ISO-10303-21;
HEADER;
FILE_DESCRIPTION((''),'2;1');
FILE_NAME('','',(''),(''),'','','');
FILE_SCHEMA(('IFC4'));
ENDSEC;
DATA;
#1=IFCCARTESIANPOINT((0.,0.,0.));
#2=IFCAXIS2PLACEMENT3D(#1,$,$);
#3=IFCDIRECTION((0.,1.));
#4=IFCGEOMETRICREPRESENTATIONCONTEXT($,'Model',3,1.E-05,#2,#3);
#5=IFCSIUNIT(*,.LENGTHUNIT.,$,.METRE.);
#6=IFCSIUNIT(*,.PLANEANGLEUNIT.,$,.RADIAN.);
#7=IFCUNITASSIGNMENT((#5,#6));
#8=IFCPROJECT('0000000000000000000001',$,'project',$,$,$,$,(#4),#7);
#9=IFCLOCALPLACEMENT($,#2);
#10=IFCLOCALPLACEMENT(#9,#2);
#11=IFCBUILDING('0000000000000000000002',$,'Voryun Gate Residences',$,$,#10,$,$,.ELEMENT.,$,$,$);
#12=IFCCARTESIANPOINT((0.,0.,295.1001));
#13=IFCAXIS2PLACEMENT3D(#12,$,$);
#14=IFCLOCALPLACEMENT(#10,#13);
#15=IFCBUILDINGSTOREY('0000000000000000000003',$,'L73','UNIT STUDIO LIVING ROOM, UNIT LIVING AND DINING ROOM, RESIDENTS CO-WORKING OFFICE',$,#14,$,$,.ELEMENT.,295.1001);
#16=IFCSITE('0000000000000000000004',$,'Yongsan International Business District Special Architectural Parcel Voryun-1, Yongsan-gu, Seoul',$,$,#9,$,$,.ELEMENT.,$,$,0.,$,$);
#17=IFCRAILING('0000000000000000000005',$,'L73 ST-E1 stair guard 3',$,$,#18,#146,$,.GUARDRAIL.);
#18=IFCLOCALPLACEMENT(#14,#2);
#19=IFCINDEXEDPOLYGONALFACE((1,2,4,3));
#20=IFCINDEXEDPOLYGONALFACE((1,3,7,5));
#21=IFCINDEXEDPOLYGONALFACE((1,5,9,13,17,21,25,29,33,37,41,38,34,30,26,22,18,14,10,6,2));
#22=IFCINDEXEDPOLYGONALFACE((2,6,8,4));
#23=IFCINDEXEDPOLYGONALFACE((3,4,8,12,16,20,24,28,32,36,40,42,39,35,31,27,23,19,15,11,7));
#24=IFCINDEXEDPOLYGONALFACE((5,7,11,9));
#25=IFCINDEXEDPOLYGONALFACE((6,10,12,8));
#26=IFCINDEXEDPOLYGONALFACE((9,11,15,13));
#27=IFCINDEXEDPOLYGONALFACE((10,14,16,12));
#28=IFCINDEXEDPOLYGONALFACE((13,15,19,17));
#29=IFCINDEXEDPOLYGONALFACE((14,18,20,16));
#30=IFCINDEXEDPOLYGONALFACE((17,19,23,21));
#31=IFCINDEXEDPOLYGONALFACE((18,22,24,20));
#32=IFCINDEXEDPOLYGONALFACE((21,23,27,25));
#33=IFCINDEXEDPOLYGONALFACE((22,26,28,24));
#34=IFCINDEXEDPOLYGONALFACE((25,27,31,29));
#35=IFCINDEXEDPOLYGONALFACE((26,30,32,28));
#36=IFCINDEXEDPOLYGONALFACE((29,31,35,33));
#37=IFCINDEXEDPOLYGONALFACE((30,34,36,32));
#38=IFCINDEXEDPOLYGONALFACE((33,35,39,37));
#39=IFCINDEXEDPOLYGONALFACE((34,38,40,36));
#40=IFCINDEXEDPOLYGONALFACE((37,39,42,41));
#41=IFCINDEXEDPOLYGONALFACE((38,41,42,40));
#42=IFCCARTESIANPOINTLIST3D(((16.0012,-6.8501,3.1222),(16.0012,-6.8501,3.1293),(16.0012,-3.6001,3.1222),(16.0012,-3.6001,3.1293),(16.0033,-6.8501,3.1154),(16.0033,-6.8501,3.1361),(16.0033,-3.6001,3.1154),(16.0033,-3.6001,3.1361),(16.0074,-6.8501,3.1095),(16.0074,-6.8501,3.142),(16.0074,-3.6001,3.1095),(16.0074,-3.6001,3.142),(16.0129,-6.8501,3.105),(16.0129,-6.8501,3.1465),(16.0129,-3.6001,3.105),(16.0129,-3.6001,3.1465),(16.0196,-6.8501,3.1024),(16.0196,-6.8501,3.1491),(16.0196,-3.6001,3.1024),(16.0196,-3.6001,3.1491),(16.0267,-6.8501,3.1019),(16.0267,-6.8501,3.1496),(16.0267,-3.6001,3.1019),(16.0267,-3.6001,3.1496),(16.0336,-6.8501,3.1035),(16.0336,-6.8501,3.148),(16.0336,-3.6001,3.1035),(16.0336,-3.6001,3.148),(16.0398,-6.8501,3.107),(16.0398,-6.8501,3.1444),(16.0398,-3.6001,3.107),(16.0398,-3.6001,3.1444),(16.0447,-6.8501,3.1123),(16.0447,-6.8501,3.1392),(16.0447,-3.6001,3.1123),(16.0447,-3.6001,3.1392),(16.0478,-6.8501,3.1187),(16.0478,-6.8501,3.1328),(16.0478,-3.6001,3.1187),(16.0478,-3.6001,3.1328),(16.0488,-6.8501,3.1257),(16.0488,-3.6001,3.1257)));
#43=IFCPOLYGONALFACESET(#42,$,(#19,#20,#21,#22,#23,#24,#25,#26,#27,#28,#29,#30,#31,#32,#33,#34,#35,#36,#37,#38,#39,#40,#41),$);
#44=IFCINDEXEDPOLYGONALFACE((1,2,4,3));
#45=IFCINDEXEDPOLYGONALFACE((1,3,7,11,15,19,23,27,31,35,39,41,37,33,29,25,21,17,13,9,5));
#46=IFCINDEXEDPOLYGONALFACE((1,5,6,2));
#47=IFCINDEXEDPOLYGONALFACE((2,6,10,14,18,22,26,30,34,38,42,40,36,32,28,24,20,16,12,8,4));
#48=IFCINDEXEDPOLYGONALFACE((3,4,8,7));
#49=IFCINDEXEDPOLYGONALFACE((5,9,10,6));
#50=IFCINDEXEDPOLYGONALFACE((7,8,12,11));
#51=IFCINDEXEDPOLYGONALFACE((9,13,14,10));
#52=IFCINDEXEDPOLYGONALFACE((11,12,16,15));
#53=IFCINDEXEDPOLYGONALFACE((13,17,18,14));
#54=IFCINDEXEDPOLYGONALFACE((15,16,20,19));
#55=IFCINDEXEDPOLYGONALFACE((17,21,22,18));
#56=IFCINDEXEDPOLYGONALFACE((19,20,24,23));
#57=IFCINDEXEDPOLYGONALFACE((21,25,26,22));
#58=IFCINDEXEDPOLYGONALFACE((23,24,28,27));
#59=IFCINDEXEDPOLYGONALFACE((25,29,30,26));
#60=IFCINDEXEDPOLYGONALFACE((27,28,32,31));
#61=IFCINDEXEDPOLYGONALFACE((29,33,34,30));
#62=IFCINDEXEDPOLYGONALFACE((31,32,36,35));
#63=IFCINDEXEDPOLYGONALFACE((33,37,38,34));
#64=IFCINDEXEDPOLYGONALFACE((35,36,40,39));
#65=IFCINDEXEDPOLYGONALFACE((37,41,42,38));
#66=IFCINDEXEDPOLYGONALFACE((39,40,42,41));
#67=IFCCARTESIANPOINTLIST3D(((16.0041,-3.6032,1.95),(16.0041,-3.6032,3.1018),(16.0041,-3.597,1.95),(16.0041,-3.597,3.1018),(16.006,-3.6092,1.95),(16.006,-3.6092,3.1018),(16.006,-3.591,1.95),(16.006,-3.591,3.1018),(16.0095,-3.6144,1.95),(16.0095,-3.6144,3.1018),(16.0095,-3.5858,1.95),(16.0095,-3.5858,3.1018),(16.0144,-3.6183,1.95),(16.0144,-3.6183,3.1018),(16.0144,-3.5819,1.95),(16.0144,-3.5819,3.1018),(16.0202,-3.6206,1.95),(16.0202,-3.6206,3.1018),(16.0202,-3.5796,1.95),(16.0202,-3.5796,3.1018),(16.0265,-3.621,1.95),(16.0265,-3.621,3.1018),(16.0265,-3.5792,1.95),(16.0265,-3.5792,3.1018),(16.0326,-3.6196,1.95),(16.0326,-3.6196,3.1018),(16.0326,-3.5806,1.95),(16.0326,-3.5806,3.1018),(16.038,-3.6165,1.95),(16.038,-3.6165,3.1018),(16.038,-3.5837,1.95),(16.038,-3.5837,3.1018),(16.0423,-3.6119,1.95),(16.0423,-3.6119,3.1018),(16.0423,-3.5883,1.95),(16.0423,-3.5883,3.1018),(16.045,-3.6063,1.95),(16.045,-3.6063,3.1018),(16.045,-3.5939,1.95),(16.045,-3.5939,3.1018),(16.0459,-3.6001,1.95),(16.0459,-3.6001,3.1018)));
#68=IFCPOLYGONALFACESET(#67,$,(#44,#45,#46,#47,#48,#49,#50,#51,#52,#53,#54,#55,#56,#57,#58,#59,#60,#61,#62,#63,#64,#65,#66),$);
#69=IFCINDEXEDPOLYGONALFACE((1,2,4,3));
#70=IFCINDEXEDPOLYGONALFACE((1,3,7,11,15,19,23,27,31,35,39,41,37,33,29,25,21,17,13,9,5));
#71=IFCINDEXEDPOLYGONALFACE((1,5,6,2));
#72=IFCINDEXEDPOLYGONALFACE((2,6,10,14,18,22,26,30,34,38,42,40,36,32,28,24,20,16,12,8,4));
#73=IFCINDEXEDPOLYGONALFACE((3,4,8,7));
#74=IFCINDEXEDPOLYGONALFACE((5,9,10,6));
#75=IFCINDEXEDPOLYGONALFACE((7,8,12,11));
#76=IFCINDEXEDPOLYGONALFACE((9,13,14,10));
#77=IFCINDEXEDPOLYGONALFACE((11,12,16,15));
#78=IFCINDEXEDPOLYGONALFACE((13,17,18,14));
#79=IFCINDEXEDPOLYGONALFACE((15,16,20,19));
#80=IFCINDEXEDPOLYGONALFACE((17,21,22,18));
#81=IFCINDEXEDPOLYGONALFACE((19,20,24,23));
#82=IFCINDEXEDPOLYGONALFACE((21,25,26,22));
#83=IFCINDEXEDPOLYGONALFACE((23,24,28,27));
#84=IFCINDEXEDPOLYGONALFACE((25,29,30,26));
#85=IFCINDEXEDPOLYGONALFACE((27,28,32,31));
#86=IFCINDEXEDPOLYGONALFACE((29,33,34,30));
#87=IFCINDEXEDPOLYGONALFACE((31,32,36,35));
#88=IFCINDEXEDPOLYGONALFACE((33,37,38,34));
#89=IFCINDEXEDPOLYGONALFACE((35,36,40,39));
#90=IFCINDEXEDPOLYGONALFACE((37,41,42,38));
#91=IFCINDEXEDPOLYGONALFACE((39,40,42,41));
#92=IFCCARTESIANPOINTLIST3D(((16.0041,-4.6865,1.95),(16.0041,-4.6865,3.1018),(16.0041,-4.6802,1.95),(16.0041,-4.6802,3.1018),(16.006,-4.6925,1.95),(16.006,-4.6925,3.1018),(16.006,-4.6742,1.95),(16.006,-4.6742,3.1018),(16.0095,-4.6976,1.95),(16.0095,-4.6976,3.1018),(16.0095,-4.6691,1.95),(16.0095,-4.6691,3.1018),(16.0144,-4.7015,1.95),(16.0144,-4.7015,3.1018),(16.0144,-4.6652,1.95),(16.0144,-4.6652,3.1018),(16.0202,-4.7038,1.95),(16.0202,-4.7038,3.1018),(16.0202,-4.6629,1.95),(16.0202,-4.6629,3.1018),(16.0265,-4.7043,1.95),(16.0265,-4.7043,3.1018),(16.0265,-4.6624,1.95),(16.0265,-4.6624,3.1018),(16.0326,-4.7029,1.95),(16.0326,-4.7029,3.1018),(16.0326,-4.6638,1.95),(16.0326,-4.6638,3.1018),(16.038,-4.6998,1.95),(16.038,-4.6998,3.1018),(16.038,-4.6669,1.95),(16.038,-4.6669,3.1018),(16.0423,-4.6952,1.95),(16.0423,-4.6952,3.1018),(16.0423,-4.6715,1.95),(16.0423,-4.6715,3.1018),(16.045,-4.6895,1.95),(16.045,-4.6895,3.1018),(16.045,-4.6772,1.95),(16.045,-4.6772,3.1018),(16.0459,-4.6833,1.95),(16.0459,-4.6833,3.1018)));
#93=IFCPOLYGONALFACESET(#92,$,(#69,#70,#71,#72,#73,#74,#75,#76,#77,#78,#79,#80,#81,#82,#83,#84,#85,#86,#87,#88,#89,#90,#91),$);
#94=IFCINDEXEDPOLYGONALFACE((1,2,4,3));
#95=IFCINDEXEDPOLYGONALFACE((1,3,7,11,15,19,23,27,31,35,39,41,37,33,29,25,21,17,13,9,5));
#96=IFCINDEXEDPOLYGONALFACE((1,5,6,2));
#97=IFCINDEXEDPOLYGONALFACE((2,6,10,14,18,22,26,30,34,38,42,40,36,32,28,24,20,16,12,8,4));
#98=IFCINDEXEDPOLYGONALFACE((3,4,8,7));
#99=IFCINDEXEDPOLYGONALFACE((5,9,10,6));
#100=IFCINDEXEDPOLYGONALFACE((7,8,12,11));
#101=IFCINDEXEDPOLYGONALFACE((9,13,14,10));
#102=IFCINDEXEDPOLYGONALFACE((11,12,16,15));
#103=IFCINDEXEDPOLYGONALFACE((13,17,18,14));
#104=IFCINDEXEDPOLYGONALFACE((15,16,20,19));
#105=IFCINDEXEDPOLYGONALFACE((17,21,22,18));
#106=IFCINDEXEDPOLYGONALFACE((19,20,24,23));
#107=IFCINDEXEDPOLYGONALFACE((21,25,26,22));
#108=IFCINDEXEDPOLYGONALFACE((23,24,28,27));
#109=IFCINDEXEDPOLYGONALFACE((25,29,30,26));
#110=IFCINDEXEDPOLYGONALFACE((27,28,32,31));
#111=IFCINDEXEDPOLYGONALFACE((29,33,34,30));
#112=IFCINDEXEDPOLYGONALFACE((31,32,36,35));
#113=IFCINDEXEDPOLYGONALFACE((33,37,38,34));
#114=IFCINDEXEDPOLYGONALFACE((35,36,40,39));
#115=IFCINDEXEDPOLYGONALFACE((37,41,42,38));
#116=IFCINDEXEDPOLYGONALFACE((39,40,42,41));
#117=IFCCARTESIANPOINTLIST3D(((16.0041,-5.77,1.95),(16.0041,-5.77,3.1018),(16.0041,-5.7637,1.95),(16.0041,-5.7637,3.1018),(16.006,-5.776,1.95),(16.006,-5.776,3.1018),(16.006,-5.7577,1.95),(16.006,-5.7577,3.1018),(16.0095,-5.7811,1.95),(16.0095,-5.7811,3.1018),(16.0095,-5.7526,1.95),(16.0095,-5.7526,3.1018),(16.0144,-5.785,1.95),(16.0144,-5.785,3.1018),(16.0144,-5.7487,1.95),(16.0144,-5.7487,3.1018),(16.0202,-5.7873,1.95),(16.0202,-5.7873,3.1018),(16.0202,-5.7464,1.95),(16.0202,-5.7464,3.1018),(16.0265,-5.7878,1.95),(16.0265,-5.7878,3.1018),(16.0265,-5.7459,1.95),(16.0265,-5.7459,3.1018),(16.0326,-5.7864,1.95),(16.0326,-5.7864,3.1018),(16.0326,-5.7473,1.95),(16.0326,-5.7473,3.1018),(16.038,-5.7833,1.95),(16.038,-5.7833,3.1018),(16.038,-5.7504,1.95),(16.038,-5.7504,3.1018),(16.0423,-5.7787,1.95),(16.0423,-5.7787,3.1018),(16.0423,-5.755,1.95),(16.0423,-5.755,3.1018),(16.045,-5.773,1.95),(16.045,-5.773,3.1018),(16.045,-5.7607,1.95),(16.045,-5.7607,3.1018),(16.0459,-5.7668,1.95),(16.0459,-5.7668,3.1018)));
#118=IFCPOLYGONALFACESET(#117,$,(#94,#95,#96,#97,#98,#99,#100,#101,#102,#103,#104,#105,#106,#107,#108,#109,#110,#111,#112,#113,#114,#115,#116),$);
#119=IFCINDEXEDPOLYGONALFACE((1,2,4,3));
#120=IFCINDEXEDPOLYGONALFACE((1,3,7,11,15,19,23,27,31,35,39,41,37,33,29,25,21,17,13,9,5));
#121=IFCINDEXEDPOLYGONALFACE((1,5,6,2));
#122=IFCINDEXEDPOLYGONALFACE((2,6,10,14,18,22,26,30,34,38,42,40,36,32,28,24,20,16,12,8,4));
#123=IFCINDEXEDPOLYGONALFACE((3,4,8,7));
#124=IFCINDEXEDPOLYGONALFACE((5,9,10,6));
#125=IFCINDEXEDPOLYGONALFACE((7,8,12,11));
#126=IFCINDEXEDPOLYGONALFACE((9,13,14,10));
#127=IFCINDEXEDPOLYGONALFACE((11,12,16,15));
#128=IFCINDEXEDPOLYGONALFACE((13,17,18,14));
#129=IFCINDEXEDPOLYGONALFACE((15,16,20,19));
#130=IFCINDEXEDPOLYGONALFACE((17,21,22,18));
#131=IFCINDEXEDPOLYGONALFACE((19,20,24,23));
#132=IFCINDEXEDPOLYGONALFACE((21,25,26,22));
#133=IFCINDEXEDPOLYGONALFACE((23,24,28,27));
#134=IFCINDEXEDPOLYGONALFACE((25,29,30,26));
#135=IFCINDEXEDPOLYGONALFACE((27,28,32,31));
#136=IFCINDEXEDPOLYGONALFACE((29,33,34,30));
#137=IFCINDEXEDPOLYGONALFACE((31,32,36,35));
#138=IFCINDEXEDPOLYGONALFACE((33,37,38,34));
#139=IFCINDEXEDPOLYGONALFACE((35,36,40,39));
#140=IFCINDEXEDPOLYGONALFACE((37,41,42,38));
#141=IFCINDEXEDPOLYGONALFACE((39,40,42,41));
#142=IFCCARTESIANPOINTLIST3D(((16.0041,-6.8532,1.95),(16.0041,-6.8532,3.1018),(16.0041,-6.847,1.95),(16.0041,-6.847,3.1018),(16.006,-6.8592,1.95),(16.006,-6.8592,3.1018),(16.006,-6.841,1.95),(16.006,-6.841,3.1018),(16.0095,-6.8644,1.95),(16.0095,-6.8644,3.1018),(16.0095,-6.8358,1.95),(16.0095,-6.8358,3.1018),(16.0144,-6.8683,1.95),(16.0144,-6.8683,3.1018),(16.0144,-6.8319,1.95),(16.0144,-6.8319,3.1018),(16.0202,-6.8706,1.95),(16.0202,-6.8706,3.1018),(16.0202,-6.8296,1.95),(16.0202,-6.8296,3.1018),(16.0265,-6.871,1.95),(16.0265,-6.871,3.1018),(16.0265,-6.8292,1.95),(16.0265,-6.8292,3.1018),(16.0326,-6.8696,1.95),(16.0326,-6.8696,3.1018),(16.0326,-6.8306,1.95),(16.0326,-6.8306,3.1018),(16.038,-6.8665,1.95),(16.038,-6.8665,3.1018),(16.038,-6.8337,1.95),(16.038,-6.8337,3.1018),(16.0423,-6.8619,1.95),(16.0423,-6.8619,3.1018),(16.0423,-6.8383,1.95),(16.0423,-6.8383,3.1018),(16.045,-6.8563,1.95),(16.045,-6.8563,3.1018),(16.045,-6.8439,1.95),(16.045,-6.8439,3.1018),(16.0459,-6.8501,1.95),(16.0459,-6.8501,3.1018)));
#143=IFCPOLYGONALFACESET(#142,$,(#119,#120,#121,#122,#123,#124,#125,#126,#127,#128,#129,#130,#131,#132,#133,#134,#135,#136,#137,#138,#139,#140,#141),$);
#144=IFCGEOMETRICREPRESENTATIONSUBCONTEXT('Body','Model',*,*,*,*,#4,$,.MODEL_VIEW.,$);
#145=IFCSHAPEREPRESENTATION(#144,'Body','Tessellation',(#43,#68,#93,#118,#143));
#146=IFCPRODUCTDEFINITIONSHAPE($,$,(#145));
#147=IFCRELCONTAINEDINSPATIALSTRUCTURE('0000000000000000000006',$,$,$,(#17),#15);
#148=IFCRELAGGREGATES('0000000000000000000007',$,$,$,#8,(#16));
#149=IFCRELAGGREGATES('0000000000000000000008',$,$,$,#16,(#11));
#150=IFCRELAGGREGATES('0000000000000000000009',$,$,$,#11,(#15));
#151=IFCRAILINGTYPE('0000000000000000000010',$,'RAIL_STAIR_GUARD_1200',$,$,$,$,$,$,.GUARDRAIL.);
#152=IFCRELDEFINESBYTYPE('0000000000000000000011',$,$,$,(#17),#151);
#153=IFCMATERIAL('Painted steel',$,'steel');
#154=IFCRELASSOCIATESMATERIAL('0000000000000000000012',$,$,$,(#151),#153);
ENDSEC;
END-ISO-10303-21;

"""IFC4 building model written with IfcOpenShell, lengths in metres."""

from ifc_helpers import new_model, si_unit, direction, frame, origin, origin_2d, place, context, subcontext, project, spatial, circle, extrude, material, type_object, element, save


model = new_model("IFC4")

# Units and contexts
model_context = context("Model", 3, precision=1e-05, world=origin(), true_north=direction((0.0, 1.0)))
body_context = subcontext(model_context, "Body", "Model", "MODEL_VIEW")
ifc_project = project(units=[si_unit("LENGTHUNIT", "METRE"), si_unit("PLANEANGLEUNIT", "RADIAN")], contexts=[model_context])

# Site, building, storey
site_placement = place(None, origin())
site = spatial("IfcSite", under=ifc_project, at=site_placement, Name="Yongsan International Business District Special Architectural Parcel Voryun-1, Yongsan-gu, Seoul", CompositionType="ELEMENT", RefElevation=0.0)
building_placement = place(site_placement, origin())
building = spatial("IfcBuilding", under=site, at=building_placement, Name="Voryun Gate Residences", CompositionType="ELEMENT")
storey_placement = place(building_placement, frame((0.0, 0.0, 295.1001)))
storey = spatial("IfcBuildingStorey", under=building, at=storey_placement, Name="L73", Description="UNIT STUDIO LIVING ROOM, UNIT LIVING AND DINING ROOM, RESIDENTS CO-WORKING OFFICE", CompositionType="ELEMENT", Elevation=295.1001)

# Railing
ifc_material_1 = material(Name="Painted steel", Category="steel")
railing_type_1 = type_object("IfcRailingType", Name="RAIL_STAIR_GUARD_1200", PredefinedType="GUARDRAIL", material=ifc_material_1)
for number, where, name in (
    (1, (16.0249, -3.6001, 1.95), "L73 ST-E1 stair guard 3"),
):
    element("IfcRailing", number, at=place(storey_placement, frame(where)), inside=storey, type_object=railing_type_1, Name=name, PredefinedType="GUARDRAIL", context=body_context, shape_type="SweptSolid", body=[
        extrude(circle(Radius=0.0239, at=origin_2d()), frame((0.0, 0.0, 1.1758), z_axis=(0.0, -1.0, 0.0), x_axis=(1.0, 0.0, 0.0)), (0.0, 0.0, 1.0), 3.25),
        extrude(circle(Radius=0.021, at=origin_2d()), origin(), (0.0, 0.0, 1.0), 1.1519),
        extrude(circle(Radius=0.021, at=origin_2d()), frame((0.0, -1.0833, 0.0)), (0.0, 0.0, 1.0), 1.1519),
        extrude(circle(Radius=0.021, at=origin_2d()), frame((0.0, -2.1667, 0.0)), (0.0, 0.0, 1.0), 1.1519),
        extrude(circle(Radius=0.021, at=origin_2d()), frame((0.0, -3.25, 0.0)), (0.0, 0.0, 1.0), 1.1519),
    ])

save(model, "model.ifc")
